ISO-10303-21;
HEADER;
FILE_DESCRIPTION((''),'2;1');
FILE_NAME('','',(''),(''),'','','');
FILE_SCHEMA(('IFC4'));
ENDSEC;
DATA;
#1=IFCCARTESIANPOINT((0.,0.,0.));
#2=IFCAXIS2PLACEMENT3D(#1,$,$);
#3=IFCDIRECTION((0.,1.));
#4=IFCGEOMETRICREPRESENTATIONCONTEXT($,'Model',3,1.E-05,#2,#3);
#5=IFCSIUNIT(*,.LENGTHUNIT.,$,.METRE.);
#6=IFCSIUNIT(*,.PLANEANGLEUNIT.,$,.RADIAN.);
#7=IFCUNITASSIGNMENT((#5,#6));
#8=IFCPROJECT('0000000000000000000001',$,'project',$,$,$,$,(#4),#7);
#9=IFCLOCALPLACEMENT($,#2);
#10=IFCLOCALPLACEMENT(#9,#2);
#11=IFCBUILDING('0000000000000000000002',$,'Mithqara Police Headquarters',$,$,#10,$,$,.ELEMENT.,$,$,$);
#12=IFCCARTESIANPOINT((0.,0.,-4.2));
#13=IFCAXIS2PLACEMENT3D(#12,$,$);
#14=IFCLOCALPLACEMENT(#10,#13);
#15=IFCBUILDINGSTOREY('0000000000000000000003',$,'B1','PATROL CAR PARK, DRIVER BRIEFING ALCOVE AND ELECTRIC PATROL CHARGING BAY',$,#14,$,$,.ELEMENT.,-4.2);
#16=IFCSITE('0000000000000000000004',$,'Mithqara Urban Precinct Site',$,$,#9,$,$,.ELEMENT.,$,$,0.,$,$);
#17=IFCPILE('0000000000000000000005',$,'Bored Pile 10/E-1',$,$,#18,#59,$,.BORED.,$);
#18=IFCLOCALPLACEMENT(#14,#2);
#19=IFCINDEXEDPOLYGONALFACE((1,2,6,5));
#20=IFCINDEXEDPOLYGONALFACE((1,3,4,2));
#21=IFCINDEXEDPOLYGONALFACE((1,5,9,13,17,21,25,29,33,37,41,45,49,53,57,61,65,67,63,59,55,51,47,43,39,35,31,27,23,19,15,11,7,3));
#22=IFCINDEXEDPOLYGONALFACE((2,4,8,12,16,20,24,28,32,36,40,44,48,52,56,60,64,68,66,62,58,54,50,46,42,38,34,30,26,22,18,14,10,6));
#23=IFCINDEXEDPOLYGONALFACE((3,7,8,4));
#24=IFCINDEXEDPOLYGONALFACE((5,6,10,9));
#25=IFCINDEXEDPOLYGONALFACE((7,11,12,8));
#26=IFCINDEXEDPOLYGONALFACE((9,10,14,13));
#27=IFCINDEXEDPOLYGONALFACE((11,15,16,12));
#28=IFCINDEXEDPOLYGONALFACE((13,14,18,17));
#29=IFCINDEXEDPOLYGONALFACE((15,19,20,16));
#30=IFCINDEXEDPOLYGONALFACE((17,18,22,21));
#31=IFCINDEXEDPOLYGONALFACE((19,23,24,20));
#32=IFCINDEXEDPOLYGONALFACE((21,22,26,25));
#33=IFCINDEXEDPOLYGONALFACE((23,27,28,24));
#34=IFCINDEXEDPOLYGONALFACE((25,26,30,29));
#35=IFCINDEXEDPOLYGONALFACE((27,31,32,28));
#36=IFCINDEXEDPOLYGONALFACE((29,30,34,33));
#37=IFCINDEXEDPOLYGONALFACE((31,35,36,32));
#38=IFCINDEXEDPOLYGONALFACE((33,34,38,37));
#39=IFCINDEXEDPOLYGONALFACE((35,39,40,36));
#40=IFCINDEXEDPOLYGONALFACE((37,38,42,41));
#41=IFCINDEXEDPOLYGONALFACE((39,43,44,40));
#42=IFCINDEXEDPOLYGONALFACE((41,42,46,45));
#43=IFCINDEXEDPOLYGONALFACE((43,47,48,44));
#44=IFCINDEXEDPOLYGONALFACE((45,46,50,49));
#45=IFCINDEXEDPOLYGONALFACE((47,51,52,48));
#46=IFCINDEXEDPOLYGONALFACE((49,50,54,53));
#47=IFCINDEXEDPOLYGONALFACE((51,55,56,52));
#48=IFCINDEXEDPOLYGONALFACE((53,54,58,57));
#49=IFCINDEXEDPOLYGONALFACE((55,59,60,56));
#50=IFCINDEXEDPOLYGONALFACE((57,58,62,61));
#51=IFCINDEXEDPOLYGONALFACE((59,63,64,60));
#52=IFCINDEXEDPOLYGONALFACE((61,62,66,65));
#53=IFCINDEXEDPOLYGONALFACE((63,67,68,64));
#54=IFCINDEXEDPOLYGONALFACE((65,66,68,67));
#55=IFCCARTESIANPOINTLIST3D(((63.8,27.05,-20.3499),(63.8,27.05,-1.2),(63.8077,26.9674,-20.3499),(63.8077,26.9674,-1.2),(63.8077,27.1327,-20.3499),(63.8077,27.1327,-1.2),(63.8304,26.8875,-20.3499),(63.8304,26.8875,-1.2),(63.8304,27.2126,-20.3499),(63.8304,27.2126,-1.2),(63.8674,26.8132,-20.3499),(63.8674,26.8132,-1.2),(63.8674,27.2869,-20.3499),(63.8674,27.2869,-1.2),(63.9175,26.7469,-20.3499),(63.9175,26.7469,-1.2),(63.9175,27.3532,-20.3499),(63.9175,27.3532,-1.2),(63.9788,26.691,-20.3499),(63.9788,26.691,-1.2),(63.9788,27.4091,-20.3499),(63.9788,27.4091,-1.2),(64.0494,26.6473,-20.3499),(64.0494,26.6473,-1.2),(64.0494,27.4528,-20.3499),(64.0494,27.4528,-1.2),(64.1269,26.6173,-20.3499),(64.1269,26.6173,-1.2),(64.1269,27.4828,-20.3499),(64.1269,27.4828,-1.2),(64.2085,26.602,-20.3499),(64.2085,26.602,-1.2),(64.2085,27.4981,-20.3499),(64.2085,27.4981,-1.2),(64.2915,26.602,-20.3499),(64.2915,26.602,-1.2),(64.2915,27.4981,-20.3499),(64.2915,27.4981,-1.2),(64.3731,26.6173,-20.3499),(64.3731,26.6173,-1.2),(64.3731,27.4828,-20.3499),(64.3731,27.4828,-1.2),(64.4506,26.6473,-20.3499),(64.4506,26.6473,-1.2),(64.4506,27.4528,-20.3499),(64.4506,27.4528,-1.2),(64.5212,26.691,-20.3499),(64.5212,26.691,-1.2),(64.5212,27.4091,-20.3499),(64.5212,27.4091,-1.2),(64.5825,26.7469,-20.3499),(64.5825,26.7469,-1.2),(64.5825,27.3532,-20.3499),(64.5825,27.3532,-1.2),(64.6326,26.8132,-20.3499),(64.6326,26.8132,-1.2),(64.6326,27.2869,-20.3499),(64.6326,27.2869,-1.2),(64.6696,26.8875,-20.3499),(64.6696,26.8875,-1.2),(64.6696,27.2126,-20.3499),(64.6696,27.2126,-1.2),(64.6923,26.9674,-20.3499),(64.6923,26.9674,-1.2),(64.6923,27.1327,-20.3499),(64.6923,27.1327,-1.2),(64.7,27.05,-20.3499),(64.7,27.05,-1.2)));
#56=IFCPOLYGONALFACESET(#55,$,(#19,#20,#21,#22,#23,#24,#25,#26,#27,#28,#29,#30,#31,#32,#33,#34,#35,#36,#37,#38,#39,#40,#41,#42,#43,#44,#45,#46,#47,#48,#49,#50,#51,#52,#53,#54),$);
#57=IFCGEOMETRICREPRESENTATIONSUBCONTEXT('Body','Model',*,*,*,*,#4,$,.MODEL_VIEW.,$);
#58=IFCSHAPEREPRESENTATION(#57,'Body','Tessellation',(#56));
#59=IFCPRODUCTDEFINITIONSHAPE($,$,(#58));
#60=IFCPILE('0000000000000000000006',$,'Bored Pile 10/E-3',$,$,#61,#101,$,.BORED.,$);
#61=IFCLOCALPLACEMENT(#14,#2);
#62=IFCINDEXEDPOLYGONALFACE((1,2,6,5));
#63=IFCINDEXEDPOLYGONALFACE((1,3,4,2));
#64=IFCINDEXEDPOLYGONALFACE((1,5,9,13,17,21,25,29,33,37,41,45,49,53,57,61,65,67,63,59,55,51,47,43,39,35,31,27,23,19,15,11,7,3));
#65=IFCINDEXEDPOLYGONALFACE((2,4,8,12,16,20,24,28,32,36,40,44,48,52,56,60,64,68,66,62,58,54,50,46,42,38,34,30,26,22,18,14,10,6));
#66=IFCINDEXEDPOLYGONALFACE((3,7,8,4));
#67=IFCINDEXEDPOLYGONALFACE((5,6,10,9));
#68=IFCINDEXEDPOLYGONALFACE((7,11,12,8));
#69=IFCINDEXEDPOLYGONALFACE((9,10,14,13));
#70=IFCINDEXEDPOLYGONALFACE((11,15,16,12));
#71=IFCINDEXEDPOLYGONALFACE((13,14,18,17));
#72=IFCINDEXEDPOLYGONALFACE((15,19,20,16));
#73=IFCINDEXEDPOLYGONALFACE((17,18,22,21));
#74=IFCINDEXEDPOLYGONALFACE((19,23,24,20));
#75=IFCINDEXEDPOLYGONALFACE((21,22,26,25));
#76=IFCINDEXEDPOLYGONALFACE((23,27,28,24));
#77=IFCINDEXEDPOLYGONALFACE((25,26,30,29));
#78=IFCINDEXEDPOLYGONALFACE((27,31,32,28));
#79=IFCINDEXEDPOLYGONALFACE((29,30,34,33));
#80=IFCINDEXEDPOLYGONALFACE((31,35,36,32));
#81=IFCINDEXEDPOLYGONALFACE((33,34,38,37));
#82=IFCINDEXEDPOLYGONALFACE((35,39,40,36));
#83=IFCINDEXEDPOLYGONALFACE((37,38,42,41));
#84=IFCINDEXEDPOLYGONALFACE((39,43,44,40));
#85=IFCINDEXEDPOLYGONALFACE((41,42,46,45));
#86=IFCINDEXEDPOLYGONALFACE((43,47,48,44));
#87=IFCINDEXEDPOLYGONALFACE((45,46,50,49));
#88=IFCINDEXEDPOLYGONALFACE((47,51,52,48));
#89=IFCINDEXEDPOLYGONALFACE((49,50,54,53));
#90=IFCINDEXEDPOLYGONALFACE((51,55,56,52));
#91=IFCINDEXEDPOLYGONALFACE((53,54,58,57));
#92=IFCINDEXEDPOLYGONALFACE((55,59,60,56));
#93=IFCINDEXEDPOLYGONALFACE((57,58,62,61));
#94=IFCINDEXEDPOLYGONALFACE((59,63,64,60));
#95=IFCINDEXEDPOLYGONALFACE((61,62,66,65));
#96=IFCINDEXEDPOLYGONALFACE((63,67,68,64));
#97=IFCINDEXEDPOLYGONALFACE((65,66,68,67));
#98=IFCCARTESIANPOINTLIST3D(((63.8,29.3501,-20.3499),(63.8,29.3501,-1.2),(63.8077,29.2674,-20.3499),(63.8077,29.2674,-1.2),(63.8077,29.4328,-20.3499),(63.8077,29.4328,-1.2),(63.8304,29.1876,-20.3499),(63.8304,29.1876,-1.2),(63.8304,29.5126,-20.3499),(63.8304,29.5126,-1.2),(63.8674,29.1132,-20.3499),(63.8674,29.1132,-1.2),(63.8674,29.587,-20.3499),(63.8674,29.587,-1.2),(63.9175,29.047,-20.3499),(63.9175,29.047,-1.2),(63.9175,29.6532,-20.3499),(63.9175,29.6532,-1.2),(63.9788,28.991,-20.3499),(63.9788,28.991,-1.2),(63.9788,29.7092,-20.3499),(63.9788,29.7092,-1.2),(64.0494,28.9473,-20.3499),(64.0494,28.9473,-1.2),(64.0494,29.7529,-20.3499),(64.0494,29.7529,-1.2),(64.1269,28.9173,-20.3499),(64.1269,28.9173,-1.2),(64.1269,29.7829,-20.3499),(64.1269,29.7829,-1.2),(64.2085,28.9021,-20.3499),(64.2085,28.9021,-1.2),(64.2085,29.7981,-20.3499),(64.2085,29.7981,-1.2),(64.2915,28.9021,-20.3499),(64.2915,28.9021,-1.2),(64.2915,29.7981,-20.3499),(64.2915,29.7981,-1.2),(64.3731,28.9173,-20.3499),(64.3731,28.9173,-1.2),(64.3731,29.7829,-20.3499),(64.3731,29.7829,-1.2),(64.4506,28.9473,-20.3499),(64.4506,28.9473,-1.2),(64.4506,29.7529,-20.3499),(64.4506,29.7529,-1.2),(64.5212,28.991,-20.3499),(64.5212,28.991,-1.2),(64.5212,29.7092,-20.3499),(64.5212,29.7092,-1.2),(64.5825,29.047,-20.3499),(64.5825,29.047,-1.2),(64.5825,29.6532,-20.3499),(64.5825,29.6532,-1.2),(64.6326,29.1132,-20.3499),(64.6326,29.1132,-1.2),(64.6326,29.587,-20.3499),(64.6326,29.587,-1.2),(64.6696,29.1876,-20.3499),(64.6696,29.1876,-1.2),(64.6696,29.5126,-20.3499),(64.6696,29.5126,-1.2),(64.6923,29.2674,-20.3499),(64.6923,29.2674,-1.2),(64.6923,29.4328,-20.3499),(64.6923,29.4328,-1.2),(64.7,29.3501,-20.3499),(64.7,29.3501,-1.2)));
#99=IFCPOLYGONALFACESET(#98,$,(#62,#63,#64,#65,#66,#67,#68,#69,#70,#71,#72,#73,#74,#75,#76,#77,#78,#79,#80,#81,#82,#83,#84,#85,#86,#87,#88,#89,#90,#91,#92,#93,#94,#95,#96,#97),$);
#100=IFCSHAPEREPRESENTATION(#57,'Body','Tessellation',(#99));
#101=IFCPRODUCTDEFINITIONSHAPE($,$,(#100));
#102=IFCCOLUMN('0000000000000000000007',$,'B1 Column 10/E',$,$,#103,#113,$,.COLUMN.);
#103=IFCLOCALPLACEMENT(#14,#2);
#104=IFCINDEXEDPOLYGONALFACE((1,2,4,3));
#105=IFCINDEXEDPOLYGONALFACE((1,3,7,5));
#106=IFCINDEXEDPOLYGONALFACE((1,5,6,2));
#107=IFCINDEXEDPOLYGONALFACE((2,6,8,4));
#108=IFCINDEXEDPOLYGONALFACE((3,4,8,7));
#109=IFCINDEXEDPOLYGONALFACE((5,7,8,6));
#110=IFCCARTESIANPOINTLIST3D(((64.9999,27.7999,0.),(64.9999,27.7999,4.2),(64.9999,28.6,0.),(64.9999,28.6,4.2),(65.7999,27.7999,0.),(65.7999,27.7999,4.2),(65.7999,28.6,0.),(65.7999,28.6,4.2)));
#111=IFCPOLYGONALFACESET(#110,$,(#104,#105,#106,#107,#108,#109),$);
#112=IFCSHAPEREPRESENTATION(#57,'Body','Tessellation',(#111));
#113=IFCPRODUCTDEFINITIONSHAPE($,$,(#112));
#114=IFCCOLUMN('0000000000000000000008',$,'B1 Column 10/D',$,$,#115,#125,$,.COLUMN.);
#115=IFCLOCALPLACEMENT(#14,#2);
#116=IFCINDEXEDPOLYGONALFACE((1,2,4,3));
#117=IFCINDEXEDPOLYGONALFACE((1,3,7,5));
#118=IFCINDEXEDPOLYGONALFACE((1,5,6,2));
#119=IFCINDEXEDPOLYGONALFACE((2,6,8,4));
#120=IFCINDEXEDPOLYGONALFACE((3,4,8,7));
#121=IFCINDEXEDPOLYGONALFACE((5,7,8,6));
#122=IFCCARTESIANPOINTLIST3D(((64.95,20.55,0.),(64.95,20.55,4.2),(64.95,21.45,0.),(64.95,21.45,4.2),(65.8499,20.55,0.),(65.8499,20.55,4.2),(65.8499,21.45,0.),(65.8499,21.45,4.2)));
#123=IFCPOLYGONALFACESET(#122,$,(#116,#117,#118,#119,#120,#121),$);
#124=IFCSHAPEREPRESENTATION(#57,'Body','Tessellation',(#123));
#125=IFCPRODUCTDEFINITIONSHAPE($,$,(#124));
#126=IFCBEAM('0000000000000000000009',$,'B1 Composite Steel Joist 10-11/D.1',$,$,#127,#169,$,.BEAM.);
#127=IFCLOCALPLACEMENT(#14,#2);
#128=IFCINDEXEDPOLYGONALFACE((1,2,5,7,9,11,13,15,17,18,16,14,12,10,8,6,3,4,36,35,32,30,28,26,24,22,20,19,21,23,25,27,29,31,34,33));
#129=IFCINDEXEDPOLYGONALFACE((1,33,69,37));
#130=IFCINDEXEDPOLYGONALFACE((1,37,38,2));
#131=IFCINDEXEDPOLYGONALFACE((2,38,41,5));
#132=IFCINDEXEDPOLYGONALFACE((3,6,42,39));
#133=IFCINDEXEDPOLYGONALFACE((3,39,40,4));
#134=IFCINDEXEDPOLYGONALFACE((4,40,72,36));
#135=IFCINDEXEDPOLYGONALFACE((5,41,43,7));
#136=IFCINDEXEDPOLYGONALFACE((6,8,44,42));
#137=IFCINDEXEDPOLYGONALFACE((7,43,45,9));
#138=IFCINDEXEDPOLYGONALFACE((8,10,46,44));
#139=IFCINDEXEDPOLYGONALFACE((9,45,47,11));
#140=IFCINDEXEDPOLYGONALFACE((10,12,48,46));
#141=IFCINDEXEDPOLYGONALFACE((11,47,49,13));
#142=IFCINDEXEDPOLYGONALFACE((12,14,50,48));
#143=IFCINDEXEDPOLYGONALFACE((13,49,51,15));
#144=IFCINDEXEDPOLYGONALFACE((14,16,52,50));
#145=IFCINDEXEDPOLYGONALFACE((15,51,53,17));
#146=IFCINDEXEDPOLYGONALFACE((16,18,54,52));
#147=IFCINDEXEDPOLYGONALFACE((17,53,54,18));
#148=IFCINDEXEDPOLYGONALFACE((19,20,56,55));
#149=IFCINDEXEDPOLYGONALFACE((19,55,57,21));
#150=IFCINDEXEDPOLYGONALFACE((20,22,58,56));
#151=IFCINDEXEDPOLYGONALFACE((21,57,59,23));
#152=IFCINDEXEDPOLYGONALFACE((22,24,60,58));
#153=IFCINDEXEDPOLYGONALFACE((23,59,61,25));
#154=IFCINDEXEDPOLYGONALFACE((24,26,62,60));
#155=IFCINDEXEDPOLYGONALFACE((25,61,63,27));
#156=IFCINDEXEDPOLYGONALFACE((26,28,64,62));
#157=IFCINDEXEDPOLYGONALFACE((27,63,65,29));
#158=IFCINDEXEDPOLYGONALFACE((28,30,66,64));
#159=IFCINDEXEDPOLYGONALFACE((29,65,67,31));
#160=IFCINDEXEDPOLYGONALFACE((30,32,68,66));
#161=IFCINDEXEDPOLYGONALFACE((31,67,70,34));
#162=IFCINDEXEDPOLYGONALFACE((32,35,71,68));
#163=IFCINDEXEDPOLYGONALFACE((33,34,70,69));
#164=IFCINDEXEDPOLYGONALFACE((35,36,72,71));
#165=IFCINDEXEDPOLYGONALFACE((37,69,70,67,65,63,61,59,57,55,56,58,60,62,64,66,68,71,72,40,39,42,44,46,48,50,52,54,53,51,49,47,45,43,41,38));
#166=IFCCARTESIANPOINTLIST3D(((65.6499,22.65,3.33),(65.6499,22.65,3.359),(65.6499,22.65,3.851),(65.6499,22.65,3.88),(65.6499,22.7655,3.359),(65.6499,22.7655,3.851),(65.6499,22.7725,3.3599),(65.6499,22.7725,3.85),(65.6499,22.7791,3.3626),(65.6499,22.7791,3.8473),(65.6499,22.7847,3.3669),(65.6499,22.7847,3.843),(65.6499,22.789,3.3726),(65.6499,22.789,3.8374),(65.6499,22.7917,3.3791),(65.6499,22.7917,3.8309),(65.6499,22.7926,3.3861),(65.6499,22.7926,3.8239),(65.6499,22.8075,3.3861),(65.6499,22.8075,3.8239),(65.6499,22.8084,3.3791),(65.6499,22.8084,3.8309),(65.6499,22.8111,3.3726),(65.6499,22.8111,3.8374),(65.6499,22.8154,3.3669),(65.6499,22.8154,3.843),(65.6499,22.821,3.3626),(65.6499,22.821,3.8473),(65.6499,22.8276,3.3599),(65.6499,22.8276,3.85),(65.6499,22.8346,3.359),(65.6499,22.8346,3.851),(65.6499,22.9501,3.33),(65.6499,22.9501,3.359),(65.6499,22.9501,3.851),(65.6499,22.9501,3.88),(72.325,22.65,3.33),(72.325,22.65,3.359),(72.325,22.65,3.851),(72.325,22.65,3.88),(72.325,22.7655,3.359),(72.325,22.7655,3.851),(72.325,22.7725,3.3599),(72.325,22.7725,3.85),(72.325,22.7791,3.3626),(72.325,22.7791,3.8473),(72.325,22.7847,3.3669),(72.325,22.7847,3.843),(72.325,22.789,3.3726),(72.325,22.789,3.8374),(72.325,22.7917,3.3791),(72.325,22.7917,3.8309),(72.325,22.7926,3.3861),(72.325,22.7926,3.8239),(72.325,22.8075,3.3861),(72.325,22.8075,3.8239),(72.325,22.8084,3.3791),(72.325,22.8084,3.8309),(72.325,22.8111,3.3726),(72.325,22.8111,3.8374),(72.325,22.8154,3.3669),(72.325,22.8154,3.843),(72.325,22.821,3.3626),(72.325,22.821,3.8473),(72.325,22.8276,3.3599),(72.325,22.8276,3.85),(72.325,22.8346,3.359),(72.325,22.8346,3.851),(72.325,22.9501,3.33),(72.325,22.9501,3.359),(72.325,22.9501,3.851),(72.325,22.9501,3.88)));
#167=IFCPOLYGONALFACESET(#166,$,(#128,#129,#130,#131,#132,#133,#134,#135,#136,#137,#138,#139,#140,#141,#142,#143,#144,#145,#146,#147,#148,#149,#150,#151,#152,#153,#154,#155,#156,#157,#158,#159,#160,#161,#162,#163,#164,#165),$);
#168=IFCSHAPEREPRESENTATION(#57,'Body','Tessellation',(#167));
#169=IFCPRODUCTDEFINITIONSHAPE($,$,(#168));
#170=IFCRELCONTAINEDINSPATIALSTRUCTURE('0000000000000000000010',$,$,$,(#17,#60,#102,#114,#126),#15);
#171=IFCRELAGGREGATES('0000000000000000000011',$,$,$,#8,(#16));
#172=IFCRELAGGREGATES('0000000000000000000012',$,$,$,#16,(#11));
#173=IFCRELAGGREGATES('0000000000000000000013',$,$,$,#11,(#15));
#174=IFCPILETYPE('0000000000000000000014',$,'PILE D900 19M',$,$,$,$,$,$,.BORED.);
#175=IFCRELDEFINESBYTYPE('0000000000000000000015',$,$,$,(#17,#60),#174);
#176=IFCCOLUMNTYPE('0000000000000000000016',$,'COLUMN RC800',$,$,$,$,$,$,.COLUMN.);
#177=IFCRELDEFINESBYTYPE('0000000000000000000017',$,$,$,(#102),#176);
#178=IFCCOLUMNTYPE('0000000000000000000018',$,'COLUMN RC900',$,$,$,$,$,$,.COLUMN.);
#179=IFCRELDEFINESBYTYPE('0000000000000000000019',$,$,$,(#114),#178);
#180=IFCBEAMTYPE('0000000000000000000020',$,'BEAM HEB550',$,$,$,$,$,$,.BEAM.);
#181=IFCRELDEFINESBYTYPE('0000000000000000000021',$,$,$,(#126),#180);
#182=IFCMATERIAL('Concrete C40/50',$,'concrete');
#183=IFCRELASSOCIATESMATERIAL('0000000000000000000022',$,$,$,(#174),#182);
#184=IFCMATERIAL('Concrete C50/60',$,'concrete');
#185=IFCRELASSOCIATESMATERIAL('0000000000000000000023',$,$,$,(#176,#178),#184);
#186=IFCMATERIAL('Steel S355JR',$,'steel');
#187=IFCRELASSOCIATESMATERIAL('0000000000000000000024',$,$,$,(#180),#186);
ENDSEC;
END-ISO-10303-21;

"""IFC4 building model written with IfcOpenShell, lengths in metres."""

from ifc_helpers import new_model, si_unit, direction, frame, origin, origin_2d, place, context, subcontext, project, spatial, rectangle, circle, i_section, extrude, material, material_profile, profile_set, type_object, element, save


model = new_model("IFC4")

# Units and contexts
model_context = context("Model", 3, precision=1e-05, world=origin(), true_north=direction((0.0, 1.0)))
body_context = subcontext(model_context, "Body", "Model", "MODEL_VIEW")
ifc_project = project(units=[si_unit("LENGTHUNIT", "METRE"), si_unit("PLANEANGLEUNIT", "RADIAN")], contexts=[model_context])

# Site, building, storey
site_placement = place(None, origin())
site = spatial("IfcSite", under=ifc_project, at=site_placement, Name="Mithqara Urban Precinct Site", CompositionType="ELEMENT", RefElevation=0.0)
building_placement = place(site_placement, origin())
building = spatial("IfcBuilding", under=site, at=building_placement, Name="Mithqara Police Headquarters", CompositionType="ELEMENT")
storey_placement = place(building_placement, frame((0.0, 0.0, -4.2)))
storey = spatial("IfcBuildingStorey", under=building, at=storey_placement, Name="B1", Description="PATROL CAR PARK, DRIVER BRIEFING ALCOVE AND ELECTRIC PATROL CHARGING BAY", CompositionType="ELEMENT", Elevation=-4.2)

# Shared definitions
ifc_material_1 = material(Name="Concrete C40/50", Category="concrete")

# Piles
ifc_material_profile_1 = material_profile(ifc_material_1, circle(Radius=0.45, at=origin_2d()), Name="PILE D900")
ifc_profile_set_1 = profile_set([ifc_material_profile_1], Name="Concrete C40/50")
pile_type_1 = type_object("IfcPileType", Name="PILE D900 19M", PredefinedType="BORED", material=ifc_profile_set_1)
for number, where, z_axis, x_axis, name in (
    (1, (64.25, 27.05, -1.2), (0.0, 0.0, -1.0), (1.0, 0.0, 0.0), "Bored Pile 10/E-1"),
    (2, (64.25, 29.3501, -1.2), (0.0, 0.0, -1.0), (1.0, 0.0, 0.0), "Bored Pile 10/E-3"),
):
    element("IfcPile", number, at=place(storey_placement, frame(where, z_axis=z_axis, x_axis=x_axis)), inside=storey, type_object=pile_type_1, Name=name, PredefinedType="BORED", context=body_context, shape_type="SweptSolid", body=[
        extrude(circle(Radius=0.45, at=origin_2d()), origin(), (0.0, 0.0, 1.0), 19.1499),
    ])

# Columns
ifc_material_2 = material(Name="Concrete C50/60", Category="concrete")
ifc_material_profile_2 = material_profile(ifc_material_2, rectangle(XDim=0.8, YDim=0.8, at=origin_2d()), Name="RC 800x800")
ifc_profile_set_2 = profile_set([ifc_material_profile_2], Name="Concrete C50/60")
column_type_1 = type_object("IfcColumnType", Name="COLUMN RC800", PredefinedType="COLUMN", material=ifc_profile_set_2)
column_1_placement = place(storey_placement, frame((65.3999, 28.2, 0.0), z_axis=(0.0, 0.0, 1.0), x_axis=(1.0, 0.0, 0.0)))
element("IfcColumn", 3, at=column_1_placement, inside=storey, type_object=column_type_1, Name="B1 Column 10/E", PredefinedType="COLUMN", context=body_context, shape_type="SweptSolid", body=[
    extrude(rectangle(XDim=0.8, YDim=0.8, at=origin_2d()), origin(), (0.0, 0.0, 1.0), 4.2),
])
ifc_material_profile_3 = material_profile(ifc_material_2, rectangle(XDim=0.8999, YDim=0.8999, at=origin_2d()), Name="RC 900x900")
ifc_profile_set_3 = profile_set([ifc_material_profile_3], Name="Concrete C50/60")
column_type_2 = type_object("IfcColumnType", Name="COLUMN RC900", PredefinedType="COLUMN", material=ifc_profile_set_3)
column_2_placement = place(storey_placement, frame((65.3999, 21.0, 0.0), z_axis=(0.0, 0.0, 1.0), x_axis=(1.0, 0.0, 0.0)))
element("IfcColumn", 4, at=column_2_placement, inside=storey, type_object=column_type_2, Name="B1 Column 10/D", PredefinedType="COLUMN", context=body_context, shape_type="SweptSolid", body=[
    extrude(rectangle(XDim=0.8999, YDim=0.8999, at=origin_2d()), origin(), (0.0, 0.0, 1.0), 4.2),
])

# Beam
ifc_material_3 = material(Name="Steel S355JR", Category="steel")
ifc_material_profile_4 = material_profile(ifc_material_3, i_section(OverallWidth=0.3, OverallDepth=0.55, WebThickness=0.0149, FlangeThickness=0.0291, FilletRadius=0.0271, at=origin_2d()), Name="HEB 550")
ifc_profile_set_4 = profile_set([ifc_material_profile_4], Name="Steel S355JR")
beam_type_1 = type_object("IfcBeamType", Name="BEAM HEB550", PredefinedType="BEAM", material=ifc_profile_set_4)
for number, where, z_axis, x_axis, name in (
    (5, (65.6499, 22.8, 3.605), (1.0, 0.0, 0.0), (0.0, 1.0, 0.0), "B1 Composite Steel Joist 10-11/D.1"),
):
    element("IfcBeam", number, at=place(storey_placement, frame(where, z_axis=z_axis, x_axis=x_axis)), inside=storey, type_object=beam_type_1, Name=name, PredefinedType="BEAM", context=body_context, shape_type="SweptSolid", body=[
        extrude(i_section(OverallWidth=0.3, OverallDepth=0.55, WebThickness=0.0149, FlangeThickness=0.0291, FilletRadius=0.0271, at=origin_2d()), origin(), (0.0, 0.0, 1.0), 6.675),
    ])

save(model, "model.ifc")
